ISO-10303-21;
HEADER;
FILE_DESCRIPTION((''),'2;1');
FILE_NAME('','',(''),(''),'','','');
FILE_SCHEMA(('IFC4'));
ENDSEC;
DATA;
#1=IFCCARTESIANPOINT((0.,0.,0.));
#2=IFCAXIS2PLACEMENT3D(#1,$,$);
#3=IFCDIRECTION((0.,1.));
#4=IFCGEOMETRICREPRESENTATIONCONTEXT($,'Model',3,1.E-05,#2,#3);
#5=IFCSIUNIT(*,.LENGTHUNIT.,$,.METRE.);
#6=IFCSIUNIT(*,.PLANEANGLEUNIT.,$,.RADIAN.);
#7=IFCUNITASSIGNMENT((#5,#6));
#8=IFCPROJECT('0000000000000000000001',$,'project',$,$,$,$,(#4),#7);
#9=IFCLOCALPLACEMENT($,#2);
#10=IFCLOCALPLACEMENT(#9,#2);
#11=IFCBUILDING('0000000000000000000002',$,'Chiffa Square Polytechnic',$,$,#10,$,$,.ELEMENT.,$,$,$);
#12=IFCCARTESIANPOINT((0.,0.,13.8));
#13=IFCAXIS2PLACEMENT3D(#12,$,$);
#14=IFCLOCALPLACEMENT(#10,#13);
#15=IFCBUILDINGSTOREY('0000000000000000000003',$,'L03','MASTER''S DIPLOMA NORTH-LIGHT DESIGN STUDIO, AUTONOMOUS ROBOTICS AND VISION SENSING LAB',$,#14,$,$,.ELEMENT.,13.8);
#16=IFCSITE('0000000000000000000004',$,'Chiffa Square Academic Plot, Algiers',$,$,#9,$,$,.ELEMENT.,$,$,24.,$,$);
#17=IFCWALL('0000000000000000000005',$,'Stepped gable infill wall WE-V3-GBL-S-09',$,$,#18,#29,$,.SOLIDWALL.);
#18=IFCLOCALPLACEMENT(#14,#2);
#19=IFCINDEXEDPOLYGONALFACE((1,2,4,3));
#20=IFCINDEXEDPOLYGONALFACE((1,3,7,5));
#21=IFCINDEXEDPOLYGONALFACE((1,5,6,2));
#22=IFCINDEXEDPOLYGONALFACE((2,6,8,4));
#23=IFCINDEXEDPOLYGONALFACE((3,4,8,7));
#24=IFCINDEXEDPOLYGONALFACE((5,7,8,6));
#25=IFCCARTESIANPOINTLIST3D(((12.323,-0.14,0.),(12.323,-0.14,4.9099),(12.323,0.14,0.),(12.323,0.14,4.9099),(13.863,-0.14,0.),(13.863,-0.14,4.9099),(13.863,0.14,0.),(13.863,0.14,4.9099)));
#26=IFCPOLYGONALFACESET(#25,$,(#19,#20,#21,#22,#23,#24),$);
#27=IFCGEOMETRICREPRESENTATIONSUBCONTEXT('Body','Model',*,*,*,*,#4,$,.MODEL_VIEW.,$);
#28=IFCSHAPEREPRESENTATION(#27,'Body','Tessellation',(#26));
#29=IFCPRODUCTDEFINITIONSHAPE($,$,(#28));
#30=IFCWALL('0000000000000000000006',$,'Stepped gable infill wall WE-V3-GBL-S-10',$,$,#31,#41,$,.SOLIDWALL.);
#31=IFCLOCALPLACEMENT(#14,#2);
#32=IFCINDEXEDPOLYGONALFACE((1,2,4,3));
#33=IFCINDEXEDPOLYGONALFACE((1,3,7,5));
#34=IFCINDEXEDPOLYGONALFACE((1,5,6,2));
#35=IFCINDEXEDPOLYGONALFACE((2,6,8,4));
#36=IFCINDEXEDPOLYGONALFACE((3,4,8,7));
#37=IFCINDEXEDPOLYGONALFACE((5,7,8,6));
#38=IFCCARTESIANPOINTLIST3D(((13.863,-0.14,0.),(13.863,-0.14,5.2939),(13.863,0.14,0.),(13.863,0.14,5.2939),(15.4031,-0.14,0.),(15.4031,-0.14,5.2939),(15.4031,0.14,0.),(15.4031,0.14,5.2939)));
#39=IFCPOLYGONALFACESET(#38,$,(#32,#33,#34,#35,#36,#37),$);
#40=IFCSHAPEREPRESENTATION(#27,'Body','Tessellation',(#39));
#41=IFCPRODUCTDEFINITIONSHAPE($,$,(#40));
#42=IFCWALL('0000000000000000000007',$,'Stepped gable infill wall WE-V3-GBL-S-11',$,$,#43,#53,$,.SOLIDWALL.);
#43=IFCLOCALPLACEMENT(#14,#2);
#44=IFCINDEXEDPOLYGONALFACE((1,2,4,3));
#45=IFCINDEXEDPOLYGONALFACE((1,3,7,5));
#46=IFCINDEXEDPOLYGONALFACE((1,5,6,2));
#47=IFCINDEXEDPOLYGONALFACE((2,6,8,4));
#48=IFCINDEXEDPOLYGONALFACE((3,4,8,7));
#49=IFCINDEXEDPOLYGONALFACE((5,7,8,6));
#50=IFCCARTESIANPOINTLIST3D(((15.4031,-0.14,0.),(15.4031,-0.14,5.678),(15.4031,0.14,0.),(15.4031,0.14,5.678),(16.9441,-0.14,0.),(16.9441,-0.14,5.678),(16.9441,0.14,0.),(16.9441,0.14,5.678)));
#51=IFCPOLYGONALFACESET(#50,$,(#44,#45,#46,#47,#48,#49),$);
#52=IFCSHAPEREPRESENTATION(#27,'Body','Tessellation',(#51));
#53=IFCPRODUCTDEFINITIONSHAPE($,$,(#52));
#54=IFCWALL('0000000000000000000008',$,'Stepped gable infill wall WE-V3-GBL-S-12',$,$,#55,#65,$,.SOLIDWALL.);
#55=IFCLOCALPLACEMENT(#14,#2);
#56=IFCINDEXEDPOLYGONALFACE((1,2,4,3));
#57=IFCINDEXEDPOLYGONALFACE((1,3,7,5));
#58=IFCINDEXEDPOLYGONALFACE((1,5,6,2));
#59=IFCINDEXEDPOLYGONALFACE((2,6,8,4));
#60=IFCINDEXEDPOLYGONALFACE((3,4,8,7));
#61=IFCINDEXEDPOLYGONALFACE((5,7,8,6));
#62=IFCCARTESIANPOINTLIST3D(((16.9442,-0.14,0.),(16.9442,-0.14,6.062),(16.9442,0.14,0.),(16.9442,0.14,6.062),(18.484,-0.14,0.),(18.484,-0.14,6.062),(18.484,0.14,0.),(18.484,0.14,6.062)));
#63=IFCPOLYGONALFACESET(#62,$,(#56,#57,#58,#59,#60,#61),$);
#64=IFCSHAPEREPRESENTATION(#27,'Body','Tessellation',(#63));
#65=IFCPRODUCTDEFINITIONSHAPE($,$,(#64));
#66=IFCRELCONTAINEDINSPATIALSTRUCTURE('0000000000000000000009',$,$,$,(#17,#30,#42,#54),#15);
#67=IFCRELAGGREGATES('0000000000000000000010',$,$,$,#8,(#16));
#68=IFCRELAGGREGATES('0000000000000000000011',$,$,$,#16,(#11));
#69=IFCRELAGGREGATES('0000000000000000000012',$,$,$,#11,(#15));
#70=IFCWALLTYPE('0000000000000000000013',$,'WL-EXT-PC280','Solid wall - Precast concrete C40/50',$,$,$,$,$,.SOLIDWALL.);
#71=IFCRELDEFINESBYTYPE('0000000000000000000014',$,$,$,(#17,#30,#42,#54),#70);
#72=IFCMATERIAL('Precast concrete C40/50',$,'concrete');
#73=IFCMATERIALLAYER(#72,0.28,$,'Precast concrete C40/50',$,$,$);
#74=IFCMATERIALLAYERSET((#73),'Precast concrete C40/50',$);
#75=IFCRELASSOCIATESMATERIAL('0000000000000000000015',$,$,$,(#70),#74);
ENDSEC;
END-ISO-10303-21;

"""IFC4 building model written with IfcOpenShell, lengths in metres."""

from ifc_helpers import new_model, si_unit, direction, frame, frame_2d, origin, place, context, subcontext, project, spatial, rectangle, extrude, material, layer, layer_set, type_object, element, save


model = new_model("IFC4")

# Units and contexts
model_context = context("Model", 3, precision=1e-05, world=origin(), true_north=direction((0.0, 1.0)))
body_context = subcontext(model_context, "Body", "Model", "MODEL_VIEW")
ifc_project = project(units=[si_unit("LENGTHUNIT", "METRE"), si_unit("PLANEANGLEUNIT", "RADIAN")], contexts=[model_context])

# Site, building, storey
site_placement = place(None, origin())
site = spatial("IfcSite", under=ifc_project, at=site_placement, Name="Chiffa Square Academic Plot, Algiers", CompositionType="ELEMENT", RefElevation=24.0)
building_placement = place(site_placement, origin())
building = spatial("IfcBuilding", under=site, at=building_placement, Name="Chiffa Square Polytechnic", CompositionType="ELEMENT")
storey_placement = place(building_placement, frame((0.0, 0.0, 13.8)))
storey = spatial("IfcBuildingStorey", under=building, at=storey_placement, Name="L03", Description="MASTER'S DIPLOMA NORTH-LIGHT DESIGN STUDIO, AUTONOMOUS ROBOTICS AND VISION SENSING LAB", CompositionType="ELEMENT", Elevation=13.8)

# Walls
ifc_material_1 = material(Name="Precast concrete C40/50", Category="concrete")
ifc_layer = layer(ifc_material_1, 0.28, Name="Precast concrete C40/50")
ifc_layer_set = layer_set([ifc_layer], Name="Precast concrete C40/50")
wall_type = type_object("IfcWallType", Name="WL-EXT-PC280", Description="Solid wall - Precast concrete C40/50", PredefinedType="SOLIDWALL", material=ifc_layer_set)
wall_1_placement = place(storey_placement, frame((12.323, 0.0, 0.0), z_axis=(0.0, 0.0, 1.0), x_axis=(1.0, 0.0, 0.0)))
element("IfcWall", 1, at=wall_1_placement, inside=storey, type_object=wall_type, Name="Stepped gable infill wall WE-V3-GBL-S-09", PredefinedType="SOLIDWALL", context=body_context, shape_type="SweptSolid", body=[
    extrude(rectangle(XDim=1.54, YDim=0.28, at=frame_2d((0.77, 0.0))), origin(), (0.0, 0.0, 1.0), 4.9099),
])
wall_2_placement = place(storey_placement, frame((13.863, 0.0, 0.0), z_axis=(0.0, 0.0, 1.0), x_axis=(1.0, 0.0, 0.0)))
element("IfcWall", 2, at=wall_2_placement, inside=storey, type_object=wall_type, Name="Stepped gable infill wall WE-V3-GBL-S-10", PredefinedType="SOLIDWALL", context=body_context, shape_type="SweptSolid", body=[
    extrude(rectangle(XDim=1.54, YDim=0.28, at=frame_2d((0.77, 0.0))), origin(), (0.0, 0.0, 1.0), 5.2939),
])
wall_3_placement = place(storey_placement, frame((15.4031, 0.0, 0.0), z_axis=(0.0, 0.0, 1.0), x_axis=(1.0, 0.0, 0.0)))
element("IfcWall", 3, at=wall_3_placement, inside=storey, type_object=wall_type, Name="Stepped gable infill wall WE-V3-GBL-S-11", PredefinedType="SOLIDWALL", context=body_context, shape_type="SweptSolid", body=[
    extrude(rectangle(XDim=1.541, YDim=0.28, at=frame_2d((0.7705, 0.0))), origin(), (0.0, 0.0, 1.0), 5.678),
])
wall_4_placement = place(storey_placement, frame((16.9441, 0.0, 0.0), z_axis=(0.0, 0.0, 1.0), x_axis=(1.0, 0.0, 0.0)))
element("IfcWall", 4, at=wall_4_placement, inside=storey, type_object=wall_type, Name="Stepped gable infill wall WE-V3-GBL-S-12", PredefinedType="SOLIDWALL", context=body_context, shape_type="SweptSolid", body=[
    extrude(rectangle(XDim=1.5398, YDim=0.28, at=frame_2d((0.77, 0.0))), origin(), (0.0, 0.0, 1.0), 6.062),
])

save(model, "model.ifc")
